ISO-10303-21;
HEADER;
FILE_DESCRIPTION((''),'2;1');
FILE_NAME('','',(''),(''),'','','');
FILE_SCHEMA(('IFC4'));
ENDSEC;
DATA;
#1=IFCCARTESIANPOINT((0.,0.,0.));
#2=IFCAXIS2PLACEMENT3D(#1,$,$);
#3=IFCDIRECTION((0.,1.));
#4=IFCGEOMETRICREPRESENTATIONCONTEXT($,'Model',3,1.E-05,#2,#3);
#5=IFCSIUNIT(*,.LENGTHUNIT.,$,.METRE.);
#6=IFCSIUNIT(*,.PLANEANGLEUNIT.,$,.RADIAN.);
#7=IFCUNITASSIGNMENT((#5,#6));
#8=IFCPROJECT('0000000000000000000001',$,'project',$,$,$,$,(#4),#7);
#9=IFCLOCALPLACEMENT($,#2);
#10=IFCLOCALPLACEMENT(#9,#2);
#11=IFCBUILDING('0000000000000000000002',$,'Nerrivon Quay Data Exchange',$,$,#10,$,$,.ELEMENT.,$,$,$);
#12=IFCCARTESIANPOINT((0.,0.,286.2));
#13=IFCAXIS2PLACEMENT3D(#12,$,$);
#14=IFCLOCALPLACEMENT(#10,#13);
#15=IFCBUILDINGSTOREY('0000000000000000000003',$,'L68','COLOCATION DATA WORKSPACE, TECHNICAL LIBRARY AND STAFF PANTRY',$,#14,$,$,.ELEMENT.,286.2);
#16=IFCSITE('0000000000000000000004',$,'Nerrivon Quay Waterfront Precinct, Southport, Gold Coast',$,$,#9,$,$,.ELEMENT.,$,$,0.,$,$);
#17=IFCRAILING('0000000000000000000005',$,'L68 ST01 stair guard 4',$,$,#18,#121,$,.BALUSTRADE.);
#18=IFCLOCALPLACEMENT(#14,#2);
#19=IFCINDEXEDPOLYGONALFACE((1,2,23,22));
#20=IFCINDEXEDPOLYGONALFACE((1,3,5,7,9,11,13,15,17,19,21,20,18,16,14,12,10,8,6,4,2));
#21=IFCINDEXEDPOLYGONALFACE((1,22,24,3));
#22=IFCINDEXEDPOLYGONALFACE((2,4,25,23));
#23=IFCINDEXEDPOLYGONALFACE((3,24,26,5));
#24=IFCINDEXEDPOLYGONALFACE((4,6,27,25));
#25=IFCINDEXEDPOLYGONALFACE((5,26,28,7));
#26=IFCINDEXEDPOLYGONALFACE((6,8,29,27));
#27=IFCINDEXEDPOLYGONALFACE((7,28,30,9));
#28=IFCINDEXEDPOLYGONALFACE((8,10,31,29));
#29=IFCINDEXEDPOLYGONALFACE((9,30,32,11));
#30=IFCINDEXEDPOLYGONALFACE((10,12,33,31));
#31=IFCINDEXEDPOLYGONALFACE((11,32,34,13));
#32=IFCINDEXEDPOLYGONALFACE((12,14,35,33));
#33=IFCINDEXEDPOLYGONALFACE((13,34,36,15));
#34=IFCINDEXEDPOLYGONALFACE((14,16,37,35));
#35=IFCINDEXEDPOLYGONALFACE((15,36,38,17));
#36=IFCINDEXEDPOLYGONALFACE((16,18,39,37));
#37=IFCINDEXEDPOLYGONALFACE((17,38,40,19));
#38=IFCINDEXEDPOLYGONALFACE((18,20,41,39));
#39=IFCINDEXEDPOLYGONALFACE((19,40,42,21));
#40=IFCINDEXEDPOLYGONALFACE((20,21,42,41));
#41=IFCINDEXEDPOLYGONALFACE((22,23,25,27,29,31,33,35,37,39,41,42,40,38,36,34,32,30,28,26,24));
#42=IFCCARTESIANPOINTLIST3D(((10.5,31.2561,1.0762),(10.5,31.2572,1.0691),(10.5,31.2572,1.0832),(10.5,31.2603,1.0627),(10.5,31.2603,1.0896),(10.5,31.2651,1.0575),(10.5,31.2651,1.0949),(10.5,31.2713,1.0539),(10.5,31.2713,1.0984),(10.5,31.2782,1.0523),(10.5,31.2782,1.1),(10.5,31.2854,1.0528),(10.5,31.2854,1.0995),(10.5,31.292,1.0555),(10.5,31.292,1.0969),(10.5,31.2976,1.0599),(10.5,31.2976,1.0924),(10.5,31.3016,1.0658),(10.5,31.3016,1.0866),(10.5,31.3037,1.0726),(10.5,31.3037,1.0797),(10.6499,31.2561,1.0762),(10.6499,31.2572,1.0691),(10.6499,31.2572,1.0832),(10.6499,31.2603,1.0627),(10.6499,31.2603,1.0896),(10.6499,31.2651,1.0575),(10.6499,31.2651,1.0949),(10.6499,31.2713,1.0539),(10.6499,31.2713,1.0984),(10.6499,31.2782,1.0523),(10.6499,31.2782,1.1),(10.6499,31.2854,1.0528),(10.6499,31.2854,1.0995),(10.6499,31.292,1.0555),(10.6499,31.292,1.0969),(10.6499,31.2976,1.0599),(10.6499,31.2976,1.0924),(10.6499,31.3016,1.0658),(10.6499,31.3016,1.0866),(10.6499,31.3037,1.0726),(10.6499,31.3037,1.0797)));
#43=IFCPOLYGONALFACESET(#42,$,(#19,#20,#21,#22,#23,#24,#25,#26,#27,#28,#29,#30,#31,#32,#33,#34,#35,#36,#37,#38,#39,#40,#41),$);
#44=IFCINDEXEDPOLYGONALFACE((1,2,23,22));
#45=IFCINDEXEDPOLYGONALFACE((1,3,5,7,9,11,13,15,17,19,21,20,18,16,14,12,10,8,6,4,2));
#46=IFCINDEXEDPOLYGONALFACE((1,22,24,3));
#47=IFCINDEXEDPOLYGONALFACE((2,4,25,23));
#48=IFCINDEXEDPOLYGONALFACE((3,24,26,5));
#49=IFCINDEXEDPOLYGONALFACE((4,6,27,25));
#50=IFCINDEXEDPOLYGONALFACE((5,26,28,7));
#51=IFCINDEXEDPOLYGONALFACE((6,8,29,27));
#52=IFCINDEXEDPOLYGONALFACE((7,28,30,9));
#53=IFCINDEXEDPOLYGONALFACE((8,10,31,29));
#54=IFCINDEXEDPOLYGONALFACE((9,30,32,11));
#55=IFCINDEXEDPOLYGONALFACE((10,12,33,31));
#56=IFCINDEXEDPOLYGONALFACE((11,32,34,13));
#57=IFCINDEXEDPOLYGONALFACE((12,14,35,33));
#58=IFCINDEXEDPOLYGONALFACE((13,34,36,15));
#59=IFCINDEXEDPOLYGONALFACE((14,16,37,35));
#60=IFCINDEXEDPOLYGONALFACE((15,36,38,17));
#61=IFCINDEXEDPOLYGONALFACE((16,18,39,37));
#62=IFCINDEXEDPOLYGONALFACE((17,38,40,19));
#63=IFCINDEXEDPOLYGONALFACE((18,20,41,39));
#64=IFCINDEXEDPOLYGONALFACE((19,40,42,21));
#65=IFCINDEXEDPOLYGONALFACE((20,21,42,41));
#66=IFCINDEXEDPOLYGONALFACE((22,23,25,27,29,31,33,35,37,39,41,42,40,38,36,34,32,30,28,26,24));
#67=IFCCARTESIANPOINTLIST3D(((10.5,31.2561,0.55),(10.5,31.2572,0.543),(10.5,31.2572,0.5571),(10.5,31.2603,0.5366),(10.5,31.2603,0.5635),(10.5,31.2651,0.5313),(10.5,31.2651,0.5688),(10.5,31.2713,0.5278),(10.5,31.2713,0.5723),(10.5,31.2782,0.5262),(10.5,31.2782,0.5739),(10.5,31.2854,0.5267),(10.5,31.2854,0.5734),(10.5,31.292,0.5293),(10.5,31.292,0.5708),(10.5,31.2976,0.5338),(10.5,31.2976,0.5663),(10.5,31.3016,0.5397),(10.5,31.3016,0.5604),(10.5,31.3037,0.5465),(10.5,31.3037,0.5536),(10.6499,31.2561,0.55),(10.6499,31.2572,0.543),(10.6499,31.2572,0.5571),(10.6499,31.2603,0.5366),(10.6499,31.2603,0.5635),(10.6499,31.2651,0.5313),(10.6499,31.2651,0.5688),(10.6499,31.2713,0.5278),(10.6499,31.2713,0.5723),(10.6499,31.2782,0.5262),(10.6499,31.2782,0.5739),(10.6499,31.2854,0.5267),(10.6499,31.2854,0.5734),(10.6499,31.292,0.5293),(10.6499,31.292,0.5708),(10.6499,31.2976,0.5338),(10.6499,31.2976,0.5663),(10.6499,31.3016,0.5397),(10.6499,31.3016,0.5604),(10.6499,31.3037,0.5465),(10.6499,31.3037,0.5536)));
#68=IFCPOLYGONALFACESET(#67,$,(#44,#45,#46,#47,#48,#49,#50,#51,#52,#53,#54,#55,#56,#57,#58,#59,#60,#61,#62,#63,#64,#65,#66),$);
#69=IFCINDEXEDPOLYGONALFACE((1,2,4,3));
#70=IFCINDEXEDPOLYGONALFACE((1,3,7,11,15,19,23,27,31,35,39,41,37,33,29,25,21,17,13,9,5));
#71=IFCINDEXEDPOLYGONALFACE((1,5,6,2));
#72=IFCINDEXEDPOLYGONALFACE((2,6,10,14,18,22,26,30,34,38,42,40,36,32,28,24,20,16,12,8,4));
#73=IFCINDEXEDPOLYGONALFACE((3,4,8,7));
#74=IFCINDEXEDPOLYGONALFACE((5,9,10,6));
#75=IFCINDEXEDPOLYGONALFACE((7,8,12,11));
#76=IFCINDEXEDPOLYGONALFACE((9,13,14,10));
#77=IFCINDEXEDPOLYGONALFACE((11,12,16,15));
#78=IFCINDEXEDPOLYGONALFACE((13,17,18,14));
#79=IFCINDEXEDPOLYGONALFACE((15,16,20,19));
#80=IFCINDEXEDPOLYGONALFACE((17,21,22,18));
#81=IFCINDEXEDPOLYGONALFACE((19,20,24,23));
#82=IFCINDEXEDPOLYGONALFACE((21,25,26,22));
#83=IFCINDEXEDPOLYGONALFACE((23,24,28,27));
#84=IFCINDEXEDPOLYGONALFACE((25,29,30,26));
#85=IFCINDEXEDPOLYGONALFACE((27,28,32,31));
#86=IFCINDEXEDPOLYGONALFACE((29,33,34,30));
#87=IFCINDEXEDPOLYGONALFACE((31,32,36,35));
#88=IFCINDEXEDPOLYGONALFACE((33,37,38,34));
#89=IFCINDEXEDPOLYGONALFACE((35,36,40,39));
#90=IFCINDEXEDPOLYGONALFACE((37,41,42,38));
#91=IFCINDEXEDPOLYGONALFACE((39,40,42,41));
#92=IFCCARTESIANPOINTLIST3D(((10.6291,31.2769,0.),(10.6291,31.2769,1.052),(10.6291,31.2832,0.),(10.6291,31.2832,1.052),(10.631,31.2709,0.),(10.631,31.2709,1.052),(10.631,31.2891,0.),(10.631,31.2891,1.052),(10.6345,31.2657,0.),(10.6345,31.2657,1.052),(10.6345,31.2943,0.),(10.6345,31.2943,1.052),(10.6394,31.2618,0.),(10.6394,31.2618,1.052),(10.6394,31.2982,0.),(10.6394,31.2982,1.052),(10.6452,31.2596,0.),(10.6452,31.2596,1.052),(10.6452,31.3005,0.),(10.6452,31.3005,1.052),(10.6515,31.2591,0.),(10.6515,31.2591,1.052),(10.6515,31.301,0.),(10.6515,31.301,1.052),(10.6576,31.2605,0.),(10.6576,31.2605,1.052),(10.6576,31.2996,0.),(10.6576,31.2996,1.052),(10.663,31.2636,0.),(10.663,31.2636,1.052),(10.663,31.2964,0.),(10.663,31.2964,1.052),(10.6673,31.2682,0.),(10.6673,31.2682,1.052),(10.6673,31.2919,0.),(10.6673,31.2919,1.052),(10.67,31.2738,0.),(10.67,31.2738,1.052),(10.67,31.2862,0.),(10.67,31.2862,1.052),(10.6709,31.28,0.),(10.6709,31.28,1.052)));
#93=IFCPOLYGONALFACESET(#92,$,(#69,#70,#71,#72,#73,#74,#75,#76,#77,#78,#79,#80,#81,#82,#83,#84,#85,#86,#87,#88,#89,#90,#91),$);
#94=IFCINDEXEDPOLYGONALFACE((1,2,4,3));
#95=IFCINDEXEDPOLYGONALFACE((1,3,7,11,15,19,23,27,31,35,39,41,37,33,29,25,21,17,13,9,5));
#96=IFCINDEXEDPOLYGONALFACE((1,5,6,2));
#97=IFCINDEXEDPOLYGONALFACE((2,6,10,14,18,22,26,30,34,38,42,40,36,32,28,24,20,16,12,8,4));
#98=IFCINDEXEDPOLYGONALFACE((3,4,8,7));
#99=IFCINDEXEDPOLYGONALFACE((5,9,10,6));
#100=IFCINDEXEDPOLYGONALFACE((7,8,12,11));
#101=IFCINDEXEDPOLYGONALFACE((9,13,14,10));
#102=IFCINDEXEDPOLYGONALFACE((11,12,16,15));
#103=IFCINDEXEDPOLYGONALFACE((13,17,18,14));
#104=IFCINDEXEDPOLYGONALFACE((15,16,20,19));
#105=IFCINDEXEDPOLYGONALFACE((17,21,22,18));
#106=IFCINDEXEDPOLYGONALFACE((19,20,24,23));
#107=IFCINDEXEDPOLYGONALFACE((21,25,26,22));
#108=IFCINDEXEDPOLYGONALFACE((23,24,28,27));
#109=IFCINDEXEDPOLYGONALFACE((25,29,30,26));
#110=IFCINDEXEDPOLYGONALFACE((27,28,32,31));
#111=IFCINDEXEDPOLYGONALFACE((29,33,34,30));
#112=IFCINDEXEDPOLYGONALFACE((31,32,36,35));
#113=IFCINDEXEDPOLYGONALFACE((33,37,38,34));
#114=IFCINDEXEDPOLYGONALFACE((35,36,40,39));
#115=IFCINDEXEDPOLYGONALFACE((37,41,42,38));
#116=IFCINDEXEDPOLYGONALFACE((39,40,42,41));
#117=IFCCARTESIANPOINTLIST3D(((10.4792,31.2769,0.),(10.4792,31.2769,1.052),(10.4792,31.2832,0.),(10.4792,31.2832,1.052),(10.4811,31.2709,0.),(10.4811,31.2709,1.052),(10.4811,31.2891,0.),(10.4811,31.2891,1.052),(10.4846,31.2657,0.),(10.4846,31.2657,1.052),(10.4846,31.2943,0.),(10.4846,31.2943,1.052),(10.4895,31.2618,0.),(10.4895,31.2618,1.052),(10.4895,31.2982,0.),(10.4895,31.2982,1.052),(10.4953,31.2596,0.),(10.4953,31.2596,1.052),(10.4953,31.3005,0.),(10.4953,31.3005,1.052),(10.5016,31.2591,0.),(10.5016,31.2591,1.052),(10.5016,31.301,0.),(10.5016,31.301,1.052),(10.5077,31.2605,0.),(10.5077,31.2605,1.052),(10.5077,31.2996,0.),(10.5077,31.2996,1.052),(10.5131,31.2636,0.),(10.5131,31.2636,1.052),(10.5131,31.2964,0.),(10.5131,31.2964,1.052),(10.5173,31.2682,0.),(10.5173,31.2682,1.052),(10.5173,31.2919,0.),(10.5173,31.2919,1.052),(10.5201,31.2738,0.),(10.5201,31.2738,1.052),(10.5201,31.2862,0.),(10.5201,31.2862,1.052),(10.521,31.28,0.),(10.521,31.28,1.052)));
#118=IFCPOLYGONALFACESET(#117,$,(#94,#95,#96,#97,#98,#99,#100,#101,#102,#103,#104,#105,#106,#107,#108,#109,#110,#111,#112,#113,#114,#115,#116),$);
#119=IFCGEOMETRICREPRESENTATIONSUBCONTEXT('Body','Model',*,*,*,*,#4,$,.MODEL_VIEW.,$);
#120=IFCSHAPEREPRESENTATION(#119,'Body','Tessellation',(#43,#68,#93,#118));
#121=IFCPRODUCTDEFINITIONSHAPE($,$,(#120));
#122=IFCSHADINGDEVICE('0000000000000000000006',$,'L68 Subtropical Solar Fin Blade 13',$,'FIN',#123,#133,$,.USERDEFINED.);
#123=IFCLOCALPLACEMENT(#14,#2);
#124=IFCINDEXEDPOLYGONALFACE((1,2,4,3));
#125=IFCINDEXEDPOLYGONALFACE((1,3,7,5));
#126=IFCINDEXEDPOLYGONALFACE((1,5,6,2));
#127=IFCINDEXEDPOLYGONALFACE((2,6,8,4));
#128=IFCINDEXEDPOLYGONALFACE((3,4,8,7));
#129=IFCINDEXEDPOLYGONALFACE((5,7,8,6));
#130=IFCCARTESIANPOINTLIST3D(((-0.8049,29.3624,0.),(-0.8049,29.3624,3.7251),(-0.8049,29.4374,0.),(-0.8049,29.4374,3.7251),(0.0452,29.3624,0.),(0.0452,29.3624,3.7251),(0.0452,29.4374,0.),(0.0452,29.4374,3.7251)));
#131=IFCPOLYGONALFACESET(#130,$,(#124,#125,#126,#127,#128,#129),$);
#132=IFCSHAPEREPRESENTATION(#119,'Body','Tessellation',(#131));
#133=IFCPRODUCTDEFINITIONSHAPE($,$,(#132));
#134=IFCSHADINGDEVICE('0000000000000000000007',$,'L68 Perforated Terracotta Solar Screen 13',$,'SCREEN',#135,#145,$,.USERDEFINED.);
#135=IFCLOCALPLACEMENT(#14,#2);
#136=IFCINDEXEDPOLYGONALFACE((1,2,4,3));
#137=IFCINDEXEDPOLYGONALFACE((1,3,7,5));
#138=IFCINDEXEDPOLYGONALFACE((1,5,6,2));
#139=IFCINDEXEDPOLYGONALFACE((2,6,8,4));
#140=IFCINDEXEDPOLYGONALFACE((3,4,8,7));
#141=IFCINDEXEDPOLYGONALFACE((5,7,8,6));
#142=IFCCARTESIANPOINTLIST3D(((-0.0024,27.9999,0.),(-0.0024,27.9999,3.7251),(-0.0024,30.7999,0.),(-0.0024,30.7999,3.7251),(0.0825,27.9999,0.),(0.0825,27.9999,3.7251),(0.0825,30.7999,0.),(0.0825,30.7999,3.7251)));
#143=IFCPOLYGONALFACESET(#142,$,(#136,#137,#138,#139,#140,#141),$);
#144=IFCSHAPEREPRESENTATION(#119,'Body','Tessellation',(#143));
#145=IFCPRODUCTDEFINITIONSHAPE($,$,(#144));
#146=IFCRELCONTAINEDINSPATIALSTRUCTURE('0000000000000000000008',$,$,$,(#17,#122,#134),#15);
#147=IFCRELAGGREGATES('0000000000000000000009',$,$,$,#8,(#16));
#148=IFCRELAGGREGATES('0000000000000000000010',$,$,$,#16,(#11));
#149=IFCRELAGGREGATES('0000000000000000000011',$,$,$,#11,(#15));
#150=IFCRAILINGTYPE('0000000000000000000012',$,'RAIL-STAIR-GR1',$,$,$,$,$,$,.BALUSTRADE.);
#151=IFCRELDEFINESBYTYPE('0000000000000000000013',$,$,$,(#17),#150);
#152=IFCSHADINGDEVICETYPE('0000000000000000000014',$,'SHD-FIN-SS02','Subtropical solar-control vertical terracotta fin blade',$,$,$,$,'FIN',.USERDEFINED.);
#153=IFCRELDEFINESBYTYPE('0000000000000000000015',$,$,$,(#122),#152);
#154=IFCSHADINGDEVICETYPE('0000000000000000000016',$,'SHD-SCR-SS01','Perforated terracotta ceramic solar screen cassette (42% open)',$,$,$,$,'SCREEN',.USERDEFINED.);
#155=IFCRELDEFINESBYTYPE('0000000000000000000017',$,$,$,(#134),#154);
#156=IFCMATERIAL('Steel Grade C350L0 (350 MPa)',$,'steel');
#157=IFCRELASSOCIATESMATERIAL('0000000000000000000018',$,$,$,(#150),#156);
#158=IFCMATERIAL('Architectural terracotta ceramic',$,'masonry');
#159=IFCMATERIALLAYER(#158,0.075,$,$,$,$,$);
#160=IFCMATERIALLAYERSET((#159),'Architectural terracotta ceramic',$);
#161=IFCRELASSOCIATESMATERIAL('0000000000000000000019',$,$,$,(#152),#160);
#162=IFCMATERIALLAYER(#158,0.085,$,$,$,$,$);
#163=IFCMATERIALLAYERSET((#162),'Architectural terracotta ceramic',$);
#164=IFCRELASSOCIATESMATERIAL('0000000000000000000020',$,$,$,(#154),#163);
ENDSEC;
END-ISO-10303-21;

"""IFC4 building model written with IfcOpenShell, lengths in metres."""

from ifc_helpers import new_model, si_unit, direction, frame, origin, origin_2d, place, context, subcontext, project, spatial, rectangle, circle, extrude, material, layer, layer_set, type_object, element, save


model = new_model("IFC4")

# Units and contexts
model_context = context("Model", 3, precision=1e-05, world=origin(), true_north=direction((0.0, 1.0)))
body_context = subcontext(model_context, "Body", "Model", "MODEL_VIEW")
ifc_project = project(units=[si_unit("LENGTHUNIT", "METRE"), si_unit("PLANEANGLEUNIT", "RADIAN")], contexts=[model_context])

# Site, building, storey
site_placement = place(None, origin())
site = spatial("IfcSite", under=ifc_project, at=site_placement, Name="Nerrivon Quay Waterfront Precinct, Southport, Gold Coast", CompositionType="ELEMENT", RefElevation=0.0)
building_placement = place(site_placement, origin())
building = spatial("IfcBuilding", under=site, at=building_placement, Name="Nerrivon Quay Data Exchange", CompositionType="ELEMENT")
storey_placement = place(building_placement, frame((0.0, 0.0, 286.2)))
storey = spatial("IfcBuildingStorey", under=building, at=storey_placement, Name="L68", Description="COLOCATION DATA WORKSPACE, TECHNICAL LIBRARY AND STAFF PANTRY", CompositionType="ELEMENT", Elevation=286.2)

# Shared definitions
ifc_material_1 = material(Name="Architectural terracotta ceramic", Category="masonry")

# Railing
ifc_material_2 = material(Name="Steel Grade C350L0 (350 MPa)", Category="steel")
railing_type_1 = type_object("IfcRailingType", Name="RAIL-STAIR-GR1", PredefinedType="BALUSTRADE", material=ifc_material_2)
railing_1_placement = place(storey_placement, frame((10.6499, 31.28, 0.0)))
element("IfcRailing", 1, at=railing_1_placement, inside=storey, type_object=railing_type_1, Name="L68 ST01 stair guard 4", PredefinedType="BALUSTRADE", context=body_context, shape_type="SweptSolid", body=[
    extrude(circle(Radius=0.0239, at=origin_2d()), frame((0.0, 0.0, 1.0762), z_axis=(-1.0, 0.0, 0.0), x_axis=(0.0, -1.0, 0.0)), (0.0, 0.0, 1.0), 0.1499),
    extrude(circle(Radius=0.0239, at=origin_2d()), frame((0.0, 0.0, 0.55), z_axis=(-1.0, 0.0, 0.0), x_axis=(0.0, -1.0, 0.0)), (0.0, 0.0, 1.0), 0.1499),
    extrude(circle(Radius=0.021, at=origin_2d()), origin(), (0.0, 0.0, 1.0), 1.052),
    extrude(circle(Radius=0.021, at=origin_2d()), frame((-0.1499, 0.0, 0.0)), (0.0, 0.0, 1.0), 1.052),
])

# Shading devices
ifc_layer_1 = layer(ifc_material_1, 0.075)
ifc_layer_set_1 = layer_set([ifc_layer_1], Name="Architectural terracotta ceramic")
shading_device_type_1 = type_object("IfcShadingDeviceType", Name="SHD-FIN-SS02", Description="Subtropical solar-control vertical terracotta fin blade", ElementType="FIN", PredefinedType="USERDEFINED", material=ifc_layer_set_1)
shading_device_1_placement = place(storey_placement, frame((-0.3799, 29.3999, 0.0), z_axis=(0.0, 0.0, 1.0), x_axis=(0.0, 1.0, 0.0)))
element("IfcShadingDevice", 2, at=shading_device_1_placement, inside=storey, type_object=shading_device_type_1, Name="L68 Subtropical Solar Fin Blade 13", ObjectType="FIN", PredefinedType="USERDEFINED", context=body_context, shape_type="SweptSolid", body=[
    extrude(rectangle(XDim=0.075, YDim=0.8501, at=origin_2d()), origin(), (0.0, 0.0, 1.0), 3.7251),
])
ifc_layer_2 = layer(ifc_material_1, 0.085)
ifc_layer_set_2 = layer_set([ifc_layer_2], Name="Architectural terracotta ceramic")
shading_device_type_2 = type_object("IfcShadingDeviceType", Name="SHD-SCR-SS01", Description="Perforated terracotta ceramic solar screen cassette (42% open)", ElementType="SCREEN", PredefinedType="USERDEFINED", material=ifc_layer_set_2)
shading_device_2_placement = place(storey_placement, frame((0.04, 29.3999, 0.0), z_axis=(0.0, 0.0, 1.0), x_axis=(0.0, 1.0, 0.0)))
element("IfcShadingDevice", 3, at=shading_device_2_placement, inside=storey, type_object=shading_device_type_2, Name="L68 Perforated Terracotta Solar Screen 13", ObjectType="SCREEN", PredefinedType="USERDEFINED", context=body_context, shape_type="SweptSolid", body=[
    extrude(rectangle(XDim=2.8, YDim=0.085, at=origin_2d()), origin(), (0.0, 0.0, 1.0), 3.7251),
])

save(model, "model.ifc")
